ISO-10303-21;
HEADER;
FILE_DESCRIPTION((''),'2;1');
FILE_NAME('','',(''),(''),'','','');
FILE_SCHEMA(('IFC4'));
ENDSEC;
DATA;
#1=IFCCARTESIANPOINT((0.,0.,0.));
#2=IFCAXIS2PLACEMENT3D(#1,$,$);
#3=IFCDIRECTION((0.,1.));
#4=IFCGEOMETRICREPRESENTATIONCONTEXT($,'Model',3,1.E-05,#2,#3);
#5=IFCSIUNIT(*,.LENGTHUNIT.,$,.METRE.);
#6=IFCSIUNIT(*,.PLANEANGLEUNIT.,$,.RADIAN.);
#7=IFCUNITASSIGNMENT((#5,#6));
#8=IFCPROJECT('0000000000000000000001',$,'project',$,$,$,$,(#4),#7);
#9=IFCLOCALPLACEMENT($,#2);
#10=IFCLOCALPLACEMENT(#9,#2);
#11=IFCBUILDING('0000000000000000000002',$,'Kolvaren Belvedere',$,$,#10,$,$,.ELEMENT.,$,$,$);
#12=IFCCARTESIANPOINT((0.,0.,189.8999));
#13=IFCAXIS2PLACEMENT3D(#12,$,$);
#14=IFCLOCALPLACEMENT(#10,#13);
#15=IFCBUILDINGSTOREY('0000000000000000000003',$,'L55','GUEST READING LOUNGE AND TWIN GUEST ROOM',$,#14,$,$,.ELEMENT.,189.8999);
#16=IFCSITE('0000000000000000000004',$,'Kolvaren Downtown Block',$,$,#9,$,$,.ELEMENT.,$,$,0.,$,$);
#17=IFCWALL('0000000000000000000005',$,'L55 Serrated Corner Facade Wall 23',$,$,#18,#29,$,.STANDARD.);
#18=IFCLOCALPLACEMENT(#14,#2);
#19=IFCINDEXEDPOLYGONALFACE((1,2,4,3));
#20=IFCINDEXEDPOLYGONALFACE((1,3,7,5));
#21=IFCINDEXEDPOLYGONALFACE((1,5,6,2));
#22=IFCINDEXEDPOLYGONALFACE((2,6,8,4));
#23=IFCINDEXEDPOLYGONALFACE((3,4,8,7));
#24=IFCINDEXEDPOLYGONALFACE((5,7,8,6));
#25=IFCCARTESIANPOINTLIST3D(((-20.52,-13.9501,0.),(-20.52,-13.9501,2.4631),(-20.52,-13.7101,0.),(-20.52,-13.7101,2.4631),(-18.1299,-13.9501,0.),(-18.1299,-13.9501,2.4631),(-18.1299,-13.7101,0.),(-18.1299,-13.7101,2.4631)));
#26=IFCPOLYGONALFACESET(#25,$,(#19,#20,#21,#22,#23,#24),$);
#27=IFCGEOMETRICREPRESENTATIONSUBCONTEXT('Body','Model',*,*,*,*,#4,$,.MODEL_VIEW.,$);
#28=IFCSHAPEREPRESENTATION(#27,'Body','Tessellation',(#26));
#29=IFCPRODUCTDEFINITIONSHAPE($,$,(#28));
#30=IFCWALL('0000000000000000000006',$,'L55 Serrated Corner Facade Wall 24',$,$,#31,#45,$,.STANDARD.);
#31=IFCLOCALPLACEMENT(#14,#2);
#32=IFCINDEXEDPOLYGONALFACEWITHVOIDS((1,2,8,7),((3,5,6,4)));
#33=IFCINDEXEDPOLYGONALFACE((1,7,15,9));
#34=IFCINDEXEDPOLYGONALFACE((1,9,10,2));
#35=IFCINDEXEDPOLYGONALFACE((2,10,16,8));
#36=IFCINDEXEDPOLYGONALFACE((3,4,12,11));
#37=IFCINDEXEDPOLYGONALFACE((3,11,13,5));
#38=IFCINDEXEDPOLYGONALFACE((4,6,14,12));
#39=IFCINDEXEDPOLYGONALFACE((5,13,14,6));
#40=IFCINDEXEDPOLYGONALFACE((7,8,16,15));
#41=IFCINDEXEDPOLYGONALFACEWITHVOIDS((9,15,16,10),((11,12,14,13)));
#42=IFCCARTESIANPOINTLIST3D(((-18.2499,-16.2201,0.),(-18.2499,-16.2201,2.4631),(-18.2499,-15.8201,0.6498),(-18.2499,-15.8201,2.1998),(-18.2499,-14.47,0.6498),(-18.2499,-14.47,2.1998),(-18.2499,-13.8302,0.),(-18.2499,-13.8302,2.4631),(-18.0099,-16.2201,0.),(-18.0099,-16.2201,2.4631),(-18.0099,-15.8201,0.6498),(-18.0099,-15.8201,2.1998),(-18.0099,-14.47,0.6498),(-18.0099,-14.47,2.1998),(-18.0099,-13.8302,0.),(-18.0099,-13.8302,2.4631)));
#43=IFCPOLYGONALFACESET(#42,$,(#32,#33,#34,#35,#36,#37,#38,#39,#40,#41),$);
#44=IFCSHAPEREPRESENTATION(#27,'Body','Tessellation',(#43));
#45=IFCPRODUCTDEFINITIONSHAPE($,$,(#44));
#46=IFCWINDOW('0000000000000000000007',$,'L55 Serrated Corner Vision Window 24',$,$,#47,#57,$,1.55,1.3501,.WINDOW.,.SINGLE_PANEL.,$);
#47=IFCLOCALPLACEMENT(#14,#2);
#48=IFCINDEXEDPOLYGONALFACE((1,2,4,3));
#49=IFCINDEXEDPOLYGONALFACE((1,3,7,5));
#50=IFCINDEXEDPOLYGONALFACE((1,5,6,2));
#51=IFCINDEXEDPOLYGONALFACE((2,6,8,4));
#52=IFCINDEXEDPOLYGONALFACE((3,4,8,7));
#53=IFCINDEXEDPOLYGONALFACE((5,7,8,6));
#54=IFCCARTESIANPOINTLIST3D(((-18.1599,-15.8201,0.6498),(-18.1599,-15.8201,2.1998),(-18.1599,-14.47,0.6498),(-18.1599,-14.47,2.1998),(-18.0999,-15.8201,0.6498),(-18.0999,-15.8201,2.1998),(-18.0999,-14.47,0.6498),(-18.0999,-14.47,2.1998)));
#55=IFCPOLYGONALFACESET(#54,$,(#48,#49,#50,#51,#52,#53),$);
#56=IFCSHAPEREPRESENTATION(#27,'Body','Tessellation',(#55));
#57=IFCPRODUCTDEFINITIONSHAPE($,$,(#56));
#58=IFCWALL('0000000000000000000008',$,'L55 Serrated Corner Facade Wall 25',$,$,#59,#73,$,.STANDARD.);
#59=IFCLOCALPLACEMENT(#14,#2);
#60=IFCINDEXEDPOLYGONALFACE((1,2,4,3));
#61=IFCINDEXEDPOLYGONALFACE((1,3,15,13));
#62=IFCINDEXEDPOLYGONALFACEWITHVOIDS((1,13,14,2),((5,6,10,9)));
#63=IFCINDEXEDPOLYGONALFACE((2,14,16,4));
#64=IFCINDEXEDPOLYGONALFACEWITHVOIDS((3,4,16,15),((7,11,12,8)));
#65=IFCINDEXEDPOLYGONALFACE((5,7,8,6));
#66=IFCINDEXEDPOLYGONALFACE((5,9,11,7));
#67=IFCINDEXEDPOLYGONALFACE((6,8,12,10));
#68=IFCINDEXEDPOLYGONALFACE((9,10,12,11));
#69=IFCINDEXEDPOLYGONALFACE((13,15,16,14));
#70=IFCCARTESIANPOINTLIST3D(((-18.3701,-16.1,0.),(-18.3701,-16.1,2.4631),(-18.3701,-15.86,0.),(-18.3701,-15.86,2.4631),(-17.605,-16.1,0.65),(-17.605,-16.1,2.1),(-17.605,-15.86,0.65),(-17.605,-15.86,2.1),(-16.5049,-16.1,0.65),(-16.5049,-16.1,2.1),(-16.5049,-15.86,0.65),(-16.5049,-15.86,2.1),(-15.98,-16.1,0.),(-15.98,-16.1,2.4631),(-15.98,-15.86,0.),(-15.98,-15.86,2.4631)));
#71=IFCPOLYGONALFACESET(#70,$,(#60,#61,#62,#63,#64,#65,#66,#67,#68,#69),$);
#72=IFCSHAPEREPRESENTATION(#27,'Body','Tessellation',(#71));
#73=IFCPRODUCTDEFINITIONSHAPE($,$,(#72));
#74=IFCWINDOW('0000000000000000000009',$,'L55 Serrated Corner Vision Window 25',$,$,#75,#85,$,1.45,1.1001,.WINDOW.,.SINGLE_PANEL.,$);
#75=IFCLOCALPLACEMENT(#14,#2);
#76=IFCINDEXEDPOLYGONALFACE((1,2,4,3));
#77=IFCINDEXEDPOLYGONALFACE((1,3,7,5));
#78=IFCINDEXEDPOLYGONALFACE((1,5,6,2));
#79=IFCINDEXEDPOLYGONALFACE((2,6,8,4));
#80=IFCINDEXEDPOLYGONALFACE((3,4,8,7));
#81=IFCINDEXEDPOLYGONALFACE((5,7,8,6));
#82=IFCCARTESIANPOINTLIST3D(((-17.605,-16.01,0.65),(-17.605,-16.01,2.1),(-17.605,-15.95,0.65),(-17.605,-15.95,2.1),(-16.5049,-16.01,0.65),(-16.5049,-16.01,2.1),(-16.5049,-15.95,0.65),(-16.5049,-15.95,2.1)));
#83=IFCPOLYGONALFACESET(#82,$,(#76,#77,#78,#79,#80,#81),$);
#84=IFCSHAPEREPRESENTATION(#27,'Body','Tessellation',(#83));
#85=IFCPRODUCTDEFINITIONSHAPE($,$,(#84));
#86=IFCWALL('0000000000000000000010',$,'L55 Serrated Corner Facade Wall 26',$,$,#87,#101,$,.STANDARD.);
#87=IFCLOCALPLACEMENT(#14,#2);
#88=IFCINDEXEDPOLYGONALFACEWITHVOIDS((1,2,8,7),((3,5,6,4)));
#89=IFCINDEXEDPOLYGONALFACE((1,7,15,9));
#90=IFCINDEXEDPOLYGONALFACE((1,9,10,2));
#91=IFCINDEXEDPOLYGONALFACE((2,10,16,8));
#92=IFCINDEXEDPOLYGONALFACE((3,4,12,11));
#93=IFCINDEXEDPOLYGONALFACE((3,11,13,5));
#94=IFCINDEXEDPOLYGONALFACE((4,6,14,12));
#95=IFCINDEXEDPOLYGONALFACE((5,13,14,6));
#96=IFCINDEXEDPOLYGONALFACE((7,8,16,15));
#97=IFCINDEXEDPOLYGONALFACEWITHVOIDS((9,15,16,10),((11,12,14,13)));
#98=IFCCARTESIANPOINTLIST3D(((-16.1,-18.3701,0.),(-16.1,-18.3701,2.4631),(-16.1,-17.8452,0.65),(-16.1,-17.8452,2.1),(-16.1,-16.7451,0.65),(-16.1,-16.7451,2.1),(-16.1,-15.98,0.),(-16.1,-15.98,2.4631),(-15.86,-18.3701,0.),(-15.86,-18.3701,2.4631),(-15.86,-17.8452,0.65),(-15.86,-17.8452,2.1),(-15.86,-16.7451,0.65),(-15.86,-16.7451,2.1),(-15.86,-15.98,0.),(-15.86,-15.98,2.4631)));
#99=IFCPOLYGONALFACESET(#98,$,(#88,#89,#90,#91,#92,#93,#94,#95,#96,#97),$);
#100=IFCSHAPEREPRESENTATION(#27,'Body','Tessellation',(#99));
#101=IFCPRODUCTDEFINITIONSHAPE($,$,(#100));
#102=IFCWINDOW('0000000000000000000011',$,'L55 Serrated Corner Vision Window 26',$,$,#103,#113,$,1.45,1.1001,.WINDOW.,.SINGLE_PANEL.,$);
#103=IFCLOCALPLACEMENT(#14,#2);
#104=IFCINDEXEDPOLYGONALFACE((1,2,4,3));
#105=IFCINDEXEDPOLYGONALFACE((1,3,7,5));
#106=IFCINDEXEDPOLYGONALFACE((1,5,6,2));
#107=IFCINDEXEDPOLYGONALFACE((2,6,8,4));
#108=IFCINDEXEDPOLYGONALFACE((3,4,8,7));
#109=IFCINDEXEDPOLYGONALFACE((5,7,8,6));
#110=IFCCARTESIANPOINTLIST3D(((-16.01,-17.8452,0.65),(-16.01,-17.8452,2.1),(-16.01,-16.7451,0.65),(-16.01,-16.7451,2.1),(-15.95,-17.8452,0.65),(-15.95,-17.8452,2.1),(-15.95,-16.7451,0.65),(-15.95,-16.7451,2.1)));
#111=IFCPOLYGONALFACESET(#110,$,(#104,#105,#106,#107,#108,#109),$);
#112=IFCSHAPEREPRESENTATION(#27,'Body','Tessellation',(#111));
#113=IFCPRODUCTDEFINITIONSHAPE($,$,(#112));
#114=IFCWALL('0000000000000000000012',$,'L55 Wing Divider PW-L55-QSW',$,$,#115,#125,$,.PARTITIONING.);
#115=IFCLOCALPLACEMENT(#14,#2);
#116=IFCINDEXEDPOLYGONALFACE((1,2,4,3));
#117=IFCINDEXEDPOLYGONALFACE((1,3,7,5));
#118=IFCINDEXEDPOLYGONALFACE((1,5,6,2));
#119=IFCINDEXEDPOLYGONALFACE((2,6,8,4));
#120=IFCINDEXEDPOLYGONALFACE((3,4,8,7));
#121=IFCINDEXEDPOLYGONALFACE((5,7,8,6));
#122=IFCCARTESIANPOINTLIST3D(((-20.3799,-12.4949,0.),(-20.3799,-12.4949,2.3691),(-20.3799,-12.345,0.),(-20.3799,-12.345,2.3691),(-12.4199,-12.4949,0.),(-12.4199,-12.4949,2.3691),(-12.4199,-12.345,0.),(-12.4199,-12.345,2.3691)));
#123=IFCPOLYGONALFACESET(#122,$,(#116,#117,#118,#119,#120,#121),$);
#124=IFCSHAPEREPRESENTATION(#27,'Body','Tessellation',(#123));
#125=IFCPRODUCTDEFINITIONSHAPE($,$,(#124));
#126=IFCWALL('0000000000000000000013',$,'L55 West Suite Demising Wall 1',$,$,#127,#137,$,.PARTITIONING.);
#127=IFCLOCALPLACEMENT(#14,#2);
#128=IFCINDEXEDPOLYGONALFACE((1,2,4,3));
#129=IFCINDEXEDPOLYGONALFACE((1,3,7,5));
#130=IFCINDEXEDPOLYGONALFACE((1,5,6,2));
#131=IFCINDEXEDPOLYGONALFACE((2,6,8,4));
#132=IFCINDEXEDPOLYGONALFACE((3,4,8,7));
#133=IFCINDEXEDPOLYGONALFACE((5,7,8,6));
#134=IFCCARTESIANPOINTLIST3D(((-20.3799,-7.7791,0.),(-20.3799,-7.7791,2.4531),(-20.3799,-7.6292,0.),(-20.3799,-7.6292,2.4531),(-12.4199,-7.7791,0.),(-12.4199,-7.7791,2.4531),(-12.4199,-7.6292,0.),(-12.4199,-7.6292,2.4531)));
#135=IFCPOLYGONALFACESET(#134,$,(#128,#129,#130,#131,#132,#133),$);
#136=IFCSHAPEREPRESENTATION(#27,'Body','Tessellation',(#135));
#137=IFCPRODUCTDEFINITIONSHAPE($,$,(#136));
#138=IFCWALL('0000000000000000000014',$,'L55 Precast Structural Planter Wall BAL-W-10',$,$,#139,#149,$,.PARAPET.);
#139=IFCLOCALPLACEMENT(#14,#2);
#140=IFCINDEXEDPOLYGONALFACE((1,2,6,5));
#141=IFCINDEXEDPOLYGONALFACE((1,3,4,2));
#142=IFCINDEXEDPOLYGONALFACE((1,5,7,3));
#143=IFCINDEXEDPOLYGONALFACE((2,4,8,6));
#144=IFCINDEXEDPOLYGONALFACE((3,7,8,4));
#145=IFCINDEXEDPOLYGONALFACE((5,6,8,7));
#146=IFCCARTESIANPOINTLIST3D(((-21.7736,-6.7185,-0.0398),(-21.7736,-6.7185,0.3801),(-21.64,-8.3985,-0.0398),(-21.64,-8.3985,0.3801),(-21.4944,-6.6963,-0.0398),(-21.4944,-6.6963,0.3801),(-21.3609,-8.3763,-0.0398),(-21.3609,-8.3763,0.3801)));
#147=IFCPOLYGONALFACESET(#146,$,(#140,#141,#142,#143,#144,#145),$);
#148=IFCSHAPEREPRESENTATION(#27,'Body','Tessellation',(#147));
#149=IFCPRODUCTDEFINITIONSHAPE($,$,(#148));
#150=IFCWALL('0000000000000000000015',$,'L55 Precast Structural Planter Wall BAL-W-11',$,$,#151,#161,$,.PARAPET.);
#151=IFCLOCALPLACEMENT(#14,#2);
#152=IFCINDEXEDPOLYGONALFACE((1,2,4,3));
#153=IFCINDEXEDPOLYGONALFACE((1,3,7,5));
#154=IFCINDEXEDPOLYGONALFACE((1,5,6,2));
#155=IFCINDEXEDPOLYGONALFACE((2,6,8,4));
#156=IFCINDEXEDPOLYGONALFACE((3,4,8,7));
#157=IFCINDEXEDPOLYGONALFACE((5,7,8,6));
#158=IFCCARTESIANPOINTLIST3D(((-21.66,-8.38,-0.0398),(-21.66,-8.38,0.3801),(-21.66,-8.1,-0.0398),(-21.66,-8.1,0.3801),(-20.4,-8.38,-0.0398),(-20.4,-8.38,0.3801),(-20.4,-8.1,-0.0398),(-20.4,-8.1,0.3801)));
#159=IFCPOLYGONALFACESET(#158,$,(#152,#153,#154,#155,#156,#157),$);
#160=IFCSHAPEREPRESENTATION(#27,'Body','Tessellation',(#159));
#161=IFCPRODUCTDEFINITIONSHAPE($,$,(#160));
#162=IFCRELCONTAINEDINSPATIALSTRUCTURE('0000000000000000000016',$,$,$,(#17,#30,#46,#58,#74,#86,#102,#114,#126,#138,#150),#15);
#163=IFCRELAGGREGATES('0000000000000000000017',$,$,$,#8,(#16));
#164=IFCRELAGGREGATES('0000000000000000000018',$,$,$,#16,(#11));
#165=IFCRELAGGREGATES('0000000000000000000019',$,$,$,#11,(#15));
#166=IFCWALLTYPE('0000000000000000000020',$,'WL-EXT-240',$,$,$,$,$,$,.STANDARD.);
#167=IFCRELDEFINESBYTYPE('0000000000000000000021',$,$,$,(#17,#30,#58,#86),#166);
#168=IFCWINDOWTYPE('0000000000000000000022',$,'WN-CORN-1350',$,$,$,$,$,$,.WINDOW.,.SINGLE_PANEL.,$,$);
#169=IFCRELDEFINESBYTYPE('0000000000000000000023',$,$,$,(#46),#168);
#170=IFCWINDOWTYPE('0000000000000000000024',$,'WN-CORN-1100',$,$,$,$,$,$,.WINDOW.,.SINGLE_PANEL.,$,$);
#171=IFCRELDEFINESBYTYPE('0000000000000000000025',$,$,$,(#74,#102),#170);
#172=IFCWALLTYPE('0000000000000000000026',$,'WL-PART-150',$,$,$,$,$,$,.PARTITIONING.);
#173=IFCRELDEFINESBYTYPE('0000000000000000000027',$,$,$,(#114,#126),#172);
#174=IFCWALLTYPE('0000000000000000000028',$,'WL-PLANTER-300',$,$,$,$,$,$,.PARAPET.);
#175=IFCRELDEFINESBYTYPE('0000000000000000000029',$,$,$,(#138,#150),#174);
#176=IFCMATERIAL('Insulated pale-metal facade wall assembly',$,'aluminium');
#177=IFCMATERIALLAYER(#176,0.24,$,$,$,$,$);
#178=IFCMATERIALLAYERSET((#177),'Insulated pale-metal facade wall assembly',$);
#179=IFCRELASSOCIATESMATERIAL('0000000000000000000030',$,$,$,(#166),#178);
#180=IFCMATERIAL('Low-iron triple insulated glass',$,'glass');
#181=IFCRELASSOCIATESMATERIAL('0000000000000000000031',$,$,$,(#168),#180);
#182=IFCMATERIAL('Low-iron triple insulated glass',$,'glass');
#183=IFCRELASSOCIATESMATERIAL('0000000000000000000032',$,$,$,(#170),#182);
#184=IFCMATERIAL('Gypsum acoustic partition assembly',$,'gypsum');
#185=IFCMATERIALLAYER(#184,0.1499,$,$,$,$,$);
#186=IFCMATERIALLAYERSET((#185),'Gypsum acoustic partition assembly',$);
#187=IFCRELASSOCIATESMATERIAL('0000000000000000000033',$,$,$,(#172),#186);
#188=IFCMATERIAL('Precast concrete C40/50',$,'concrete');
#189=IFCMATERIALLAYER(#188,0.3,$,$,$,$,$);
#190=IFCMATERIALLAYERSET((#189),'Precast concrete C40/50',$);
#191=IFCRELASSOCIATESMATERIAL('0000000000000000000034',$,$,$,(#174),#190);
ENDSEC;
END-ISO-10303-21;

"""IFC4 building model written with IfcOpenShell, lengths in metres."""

from ifc_helpers import new_model, si_unit, direction, frame, frame_2d, origin, place, context, subcontext, project, spatial, rectangle, extrude, material, layer, layer_set, type_object, element, fill, save


model = new_model("IFC4")

# Units and contexts
model_context = context("Model", 3, precision=1e-05, world=origin(), true_north=direction((0.0, 1.0)))
body_context = subcontext(model_context, "Body", "Model", "MODEL_VIEW")
ifc_project = project(units=[si_unit("LENGTHUNIT", "METRE"), si_unit("PLANEANGLEUNIT", "RADIAN")], contexts=[model_context])

# Site, building, storey
site_placement = place(None, origin())
site = spatial("IfcSite", under=ifc_project, at=site_placement, Name="Kolvaren Downtown Block", CompositionType="ELEMENT", RefElevation=0.0)
building_placement = place(site_placement, origin())
building = spatial("IfcBuilding", under=site, at=building_placement, Name="Kolvaren Belvedere", CompositionType="ELEMENT")
storey_placement = place(building_placement, frame((0.0, 0.0, 189.8999)))
storey = spatial("IfcBuildingStorey", under=building, at=storey_placement, Name="L55", Description="GUEST READING LOUNGE AND TWIN GUEST ROOM", CompositionType="ELEMENT", Elevation=189.8999)

# Wall
ifc_material_1 = material(Name="Insulated pale-metal facade wall assembly", Category="aluminium")
ifc_layer_1 = layer(ifc_material_1, 0.24)
ifc_layer_set_1 = layer_set([ifc_layer_1], Name="Insulated pale-metal facade wall assembly")
wall_type_1 = type_object("IfcWallType", Name="WL-EXT-240", PredefinedType="STANDARD", material=ifc_layer_set_1)
wall_1_placement = place(storey_placement, frame((-18.1299, -13.8301, 0.0), z_axis=(0.0, 0.0, 1.0), x_axis=(-1.0, 0.0, 0.0)))
element("IfcWall", 1, at=wall_1_placement, inside=storey, type_object=wall_type_1, Name="L55 Serrated Corner Facade Wall 23", PredefinedType="STANDARD", context=body_context, shape_type="SweptSolid", body=[
    extrude(rectangle(XDim=2.3901, YDim=0.24, at=frame_2d((1.1951, 0.0))), origin(), (0.0, 0.0, 1.0), 2.4631),
])

# Walls, openings, windows
wall_2_placement = place(storey_placement, frame((-18.1299, -16.22, 0.0), z_axis=(0.0, 0.0, 1.0), x_axis=(0.0, 1.0, 0.0)))
wall_2 = element("IfcWall", 2, at=wall_2_placement, inside=storey, type_object=wall_type_1, Name="L55 Serrated Corner Facade Wall 24", PredefinedType="STANDARD", context=body_context, shape_type="SweptSolid", body=[
    extrude(rectangle(XDim=2.3899, YDim=0.24, at=frame_2d((1.1948, 0.0))), origin(), (0.0, 0.0, 1.0), 2.4631),
])
opening_1_placement = place(wall_2_placement, frame((0.3999, 0.0, 0.6499)))
opening_1 = element("IfcOpeningElement", 3, at=opening_1_placement, cuts=wall_2, PredefinedType="OPENING", context=body_context, shape_type="SweptSolid", body=[
    extrude(rectangle(XDim=1.3501, YDim=1.55, at=frame_2d((0.675, 0.7749))), frame((0.0, 0.1299, 0.0), z_axis=(0.0, -1.0, 0.0), x_axis=(1.0, 0.0, 0.0)), (0.0, 0.0, 1.0), 0.26),
])
ifc_material_2 = material(Name="Low-iron triple insulated glass", Category="glass")
window_type_1 = type_object("IfcWindowType", Name="WN-CORN-1350", PartitioningType="SINGLE_PANEL", PredefinedType="WINDOW", material=ifc_material_2)
window_1_placement = place(opening_1_placement, origin())
window_1 = element("IfcWindow", 4, at=window_1_placement, inside=storey, type_object=window_type_1, Name="L55 Serrated Corner Vision Window 24", OverallHeight=1.55, OverallWidth=1.3501, PartitioningType="SINGLE_PANEL", PredefinedType="WINDOW", context=body_context, shape_type="SweptSolid", body=[
    extrude(rectangle(XDim=1.3501, YDim=1.55, at=frame_2d((0.675, 0.7749))), frame((0.0, 0.03, 0.0), z_axis=(0.0, -1.0, 0.0), x_axis=(1.0, 0.0, 0.0)), (0.0, 0.0, 1.0), 0.0601),
])
fill(opening_1, window_1)
wall_3_placement = place(storey_placement, frame((-15.98, -15.98, 0.0), z_axis=(0.0, 0.0, 1.0), x_axis=(-1.0, 0.0, 0.0)))
wall_3 = element("IfcWall", 5, at=wall_3_placement, inside=storey, type_object=wall_type_1, Name="L55 Serrated Corner Facade Wall 25", PredefinedType="STANDARD", context=body_context, shape_type="SweptSolid", body=[
    extrude(rectangle(XDim=2.3901, YDim=0.24, at=frame_2d((1.1951, 0.0))), origin(), (0.0, 0.0, 1.0), 2.4631),
])
opening_2_placement = place(wall_3_placement, frame((0.5249, 0.0, 0.6499)))
opening_2 = element("IfcOpeningElement", 6, at=opening_2_placement, cuts=wall_3, PredefinedType="OPENING", context=body_context, shape_type="SweptSolid", body=[
    extrude(rectangle(XDim=1.1001, YDim=1.45, at=frame_2d((0.55, 0.7251))), frame((0.0, 0.1299, 0.0), z_axis=(0.0, -1.0, 0.0), x_axis=(1.0, 0.0, 0.0)), (0.0, 0.0, 1.0), 0.26),
])
ifc_material_3 = material(Name="Low-iron triple insulated glass", Category="glass")
window_type_2 = type_object("IfcWindowType", Name="WN-CORN-1100", PartitioningType="SINGLE_PANEL", PredefinedType="WINDOW", material=ifc_material_3)
window_2_placement = place(opening_2_placement, origin())
window_2 = element("IfcWindow", 7, at=window_2_placement, inside=storey, type_object=window_type_2, Name="L55 Serrated Corner Vision Window 25", OverallHeight=1.45, OverallWidth=1.1001, PartitioningType="SINGLE_PANEL", PredefinedType="WINDOW", context=body_context, shape_type="SweptSolid", body=[
    extrude(rectangle(XDim=1.1001, YDim=1.45, at=frame_2d((0.55, 0.7251))), frame((0.0, 0.03, 0.0), z_axis=(0.0, -1.0, 0.0), x_axis=(1.0, 0.0, 0.0)), (0.0, 0.0, 1.0), 0.0601),
])
fill(opening_2, window_2)
wall_4_placement = place(storey_placement, frame((-15.98, -18.3701, 0.0), z_axis=(0.0, 0.0, 1.0), x_axis=(0.0, 1.0, 0.0)))
wall_4 = element("IfcWall", 8, at=wall_4_placement, inside=storey, type_object=wall_type_1, Name="L55 Serrated Corner Facade Wall 26", PredefinedType="STANDARD", context=body_context, shape_type="SweptSolid", body=[
    extrude(rectangle(XDim=2.3901, YDim=0.24, at=frame_2d((1.1951, 0.0))), origin(), (0.0, 0.0, 1.0), 2.4631),
])
opening_3_placement = place(wall_4_placement, frame((0.5249, 0.0, 0.6499)))
opening_3 = element("IfcOpeningElement", 9, at=opening_3_placement, cuts=wall_4, PredefinedType="OPENING", context=body_context, shape_type="SweptSolid", body=[
    extrude(rectangle(XDim=1.1001, YDim=1.45, at=frame_2d((0.55, 0.7251))), frame((0.0, 0.1299, 0.0), z_axis=(0.0, -1.0, 0.0), x_axis=(1.0, 0.0, 0.0)), (0.0, 0.0, 1.0), 0.26),
])
window_3_placement = place(opening_3_placement, origin())
window_3 = element("IfcWindow", 10, at=window_3_placement, inside=storey, type_object=window_type_2, Name="L55 Serrated Corner Vision Window 26", OverallHeight=1.45, OverallWidth=1.1001, PartitioningType="SINGLE_PANEL", PredefinedType="WINDOW", context=body_context, shape_type="SweptSolid", body=[
    extrude(rectangle(XDim=1.1001, YDim=1.45, at=frame_2d((0.55, 0.7251))), frame((0.0, 0.03, 0.0), z_axis=(0.0, -1.0, 0.0), x_axis=(1.0, 0.0, 0.0)), (0.0, 0.0, 1.0), 0.0601),
])
fill(opening_3, window_3)

# Walls
ifc_material_4 = material(Name="Gypsum acoustic partition assembly", Category="gypsum")
ifc_layer_2 = layer(ifc_material_4, 0.1499)
ifc_layer_set_2 = layer_set([ifc_layer_2], Name="Gypsum acoustic partition assembly")
wall_type_2 = type_object("IfcWallType", Name="WL-PART-150", PredefinedType="PARTITIONING", material=ifc_layer_set_2)
wall_5_placement = place(storey_placement, frame((-20.3799, -12.4199, 0.0), z_axis=(0.0, 0.0, 1.0), x_axis=(1.0, 0.0, 0.0)))
element("IfcWall", 11, at=wall_5_placement, inside=storey, type_object=wall_type_2, Name="L55 Wing Divider PW-L55-QSW", PredefinedType="PARTITIONING", context=body_context, shape_type="SweptSolid", body=[
    extrude(rectangle(XDim=7.96, YDim=0.1499, at=frame_2d((3.98, 0.0))), origin(), (0.0, 0.0, 1.0), 2.3691),
])
wall_6_placement = place(storey_placement, frame((-20.3799, -7.7041, 0.0), z_axis=(0.0, 0.0, 1.0), x_axis=(1.0, 0.0, 0.0)))
element("IfcWall", 12, at=wall_6_placement, inside=storey, type_object=wall_type_2, Name="L55 West Suite Demising Wall 1", PredefinedType="PARTITIONING", context=body_context, shape_type="SweptSolid", body=[
    extrude(rectangle(XDim=7.96, YDim=0.1499, at=frame_2d((3.98, 0.0))), origin(), (0.0, 0.0, 1.0), 2.4531),
])
ifc_material_5 = material(Name="Precast concrete C40/50", Category="concrete")
ifc_layer_3 = layer(ifc_material_5, 0.3)
ifc_layer_set_3 = layer_set([ifc_layer_3], Name="Precast concrete C40/50")
wall_type_3 = type_object("IfcWallType", Name="WL-PLANTER-300", PredefinedType="PARAPET", material=ifc_layer_set_3)
wall_7_placement = place(storey_placement, frame((-21.634, -6.7073, -0.0398), z_axis=(0.0, 0.0, 1.0), x_axis=(0.079244, -0.996855, 0.0)))
element("IfcWall", 13, at=wall_7_placement, inside=storey, type_object=wall_type_3, Name="L55 Precast Structural Planter Wall BAL-W-10", PredefinedType="PARAPET", context=body_context, shape_type="SweptSolid", body=[
    extrude(rectangle(XDim=1.6853, YDim=0.28, at=frame_2d((0.8428, 0.0))), origin(), (0.0, 0.0, 1.0), 0.4199),
])
wall_8_placement = place(storey_placement, frame((-21.6599, -8.24, -0.0398), z_axis=(0.0, 0.0, 1.0), x_axis=(1.0, 0.0, 0.0)))
element("IfcWall", 14, at=wall_8_placement, inside=storey, type_object=wall_type_3, Name="L55 Precast Structural Planter Wall BAL-W-11", PredefinedType="PARAPET", context=body_context, shape_type="SweptSolid", body=[
    extrude(rectangle(XDim=1.26, YDim=0.28, at=frame_2d((0.6299, 0.0))), origin(), (0.0, 0.0, 1.0), 0.4199),
])

save(model, "model.ifc")
